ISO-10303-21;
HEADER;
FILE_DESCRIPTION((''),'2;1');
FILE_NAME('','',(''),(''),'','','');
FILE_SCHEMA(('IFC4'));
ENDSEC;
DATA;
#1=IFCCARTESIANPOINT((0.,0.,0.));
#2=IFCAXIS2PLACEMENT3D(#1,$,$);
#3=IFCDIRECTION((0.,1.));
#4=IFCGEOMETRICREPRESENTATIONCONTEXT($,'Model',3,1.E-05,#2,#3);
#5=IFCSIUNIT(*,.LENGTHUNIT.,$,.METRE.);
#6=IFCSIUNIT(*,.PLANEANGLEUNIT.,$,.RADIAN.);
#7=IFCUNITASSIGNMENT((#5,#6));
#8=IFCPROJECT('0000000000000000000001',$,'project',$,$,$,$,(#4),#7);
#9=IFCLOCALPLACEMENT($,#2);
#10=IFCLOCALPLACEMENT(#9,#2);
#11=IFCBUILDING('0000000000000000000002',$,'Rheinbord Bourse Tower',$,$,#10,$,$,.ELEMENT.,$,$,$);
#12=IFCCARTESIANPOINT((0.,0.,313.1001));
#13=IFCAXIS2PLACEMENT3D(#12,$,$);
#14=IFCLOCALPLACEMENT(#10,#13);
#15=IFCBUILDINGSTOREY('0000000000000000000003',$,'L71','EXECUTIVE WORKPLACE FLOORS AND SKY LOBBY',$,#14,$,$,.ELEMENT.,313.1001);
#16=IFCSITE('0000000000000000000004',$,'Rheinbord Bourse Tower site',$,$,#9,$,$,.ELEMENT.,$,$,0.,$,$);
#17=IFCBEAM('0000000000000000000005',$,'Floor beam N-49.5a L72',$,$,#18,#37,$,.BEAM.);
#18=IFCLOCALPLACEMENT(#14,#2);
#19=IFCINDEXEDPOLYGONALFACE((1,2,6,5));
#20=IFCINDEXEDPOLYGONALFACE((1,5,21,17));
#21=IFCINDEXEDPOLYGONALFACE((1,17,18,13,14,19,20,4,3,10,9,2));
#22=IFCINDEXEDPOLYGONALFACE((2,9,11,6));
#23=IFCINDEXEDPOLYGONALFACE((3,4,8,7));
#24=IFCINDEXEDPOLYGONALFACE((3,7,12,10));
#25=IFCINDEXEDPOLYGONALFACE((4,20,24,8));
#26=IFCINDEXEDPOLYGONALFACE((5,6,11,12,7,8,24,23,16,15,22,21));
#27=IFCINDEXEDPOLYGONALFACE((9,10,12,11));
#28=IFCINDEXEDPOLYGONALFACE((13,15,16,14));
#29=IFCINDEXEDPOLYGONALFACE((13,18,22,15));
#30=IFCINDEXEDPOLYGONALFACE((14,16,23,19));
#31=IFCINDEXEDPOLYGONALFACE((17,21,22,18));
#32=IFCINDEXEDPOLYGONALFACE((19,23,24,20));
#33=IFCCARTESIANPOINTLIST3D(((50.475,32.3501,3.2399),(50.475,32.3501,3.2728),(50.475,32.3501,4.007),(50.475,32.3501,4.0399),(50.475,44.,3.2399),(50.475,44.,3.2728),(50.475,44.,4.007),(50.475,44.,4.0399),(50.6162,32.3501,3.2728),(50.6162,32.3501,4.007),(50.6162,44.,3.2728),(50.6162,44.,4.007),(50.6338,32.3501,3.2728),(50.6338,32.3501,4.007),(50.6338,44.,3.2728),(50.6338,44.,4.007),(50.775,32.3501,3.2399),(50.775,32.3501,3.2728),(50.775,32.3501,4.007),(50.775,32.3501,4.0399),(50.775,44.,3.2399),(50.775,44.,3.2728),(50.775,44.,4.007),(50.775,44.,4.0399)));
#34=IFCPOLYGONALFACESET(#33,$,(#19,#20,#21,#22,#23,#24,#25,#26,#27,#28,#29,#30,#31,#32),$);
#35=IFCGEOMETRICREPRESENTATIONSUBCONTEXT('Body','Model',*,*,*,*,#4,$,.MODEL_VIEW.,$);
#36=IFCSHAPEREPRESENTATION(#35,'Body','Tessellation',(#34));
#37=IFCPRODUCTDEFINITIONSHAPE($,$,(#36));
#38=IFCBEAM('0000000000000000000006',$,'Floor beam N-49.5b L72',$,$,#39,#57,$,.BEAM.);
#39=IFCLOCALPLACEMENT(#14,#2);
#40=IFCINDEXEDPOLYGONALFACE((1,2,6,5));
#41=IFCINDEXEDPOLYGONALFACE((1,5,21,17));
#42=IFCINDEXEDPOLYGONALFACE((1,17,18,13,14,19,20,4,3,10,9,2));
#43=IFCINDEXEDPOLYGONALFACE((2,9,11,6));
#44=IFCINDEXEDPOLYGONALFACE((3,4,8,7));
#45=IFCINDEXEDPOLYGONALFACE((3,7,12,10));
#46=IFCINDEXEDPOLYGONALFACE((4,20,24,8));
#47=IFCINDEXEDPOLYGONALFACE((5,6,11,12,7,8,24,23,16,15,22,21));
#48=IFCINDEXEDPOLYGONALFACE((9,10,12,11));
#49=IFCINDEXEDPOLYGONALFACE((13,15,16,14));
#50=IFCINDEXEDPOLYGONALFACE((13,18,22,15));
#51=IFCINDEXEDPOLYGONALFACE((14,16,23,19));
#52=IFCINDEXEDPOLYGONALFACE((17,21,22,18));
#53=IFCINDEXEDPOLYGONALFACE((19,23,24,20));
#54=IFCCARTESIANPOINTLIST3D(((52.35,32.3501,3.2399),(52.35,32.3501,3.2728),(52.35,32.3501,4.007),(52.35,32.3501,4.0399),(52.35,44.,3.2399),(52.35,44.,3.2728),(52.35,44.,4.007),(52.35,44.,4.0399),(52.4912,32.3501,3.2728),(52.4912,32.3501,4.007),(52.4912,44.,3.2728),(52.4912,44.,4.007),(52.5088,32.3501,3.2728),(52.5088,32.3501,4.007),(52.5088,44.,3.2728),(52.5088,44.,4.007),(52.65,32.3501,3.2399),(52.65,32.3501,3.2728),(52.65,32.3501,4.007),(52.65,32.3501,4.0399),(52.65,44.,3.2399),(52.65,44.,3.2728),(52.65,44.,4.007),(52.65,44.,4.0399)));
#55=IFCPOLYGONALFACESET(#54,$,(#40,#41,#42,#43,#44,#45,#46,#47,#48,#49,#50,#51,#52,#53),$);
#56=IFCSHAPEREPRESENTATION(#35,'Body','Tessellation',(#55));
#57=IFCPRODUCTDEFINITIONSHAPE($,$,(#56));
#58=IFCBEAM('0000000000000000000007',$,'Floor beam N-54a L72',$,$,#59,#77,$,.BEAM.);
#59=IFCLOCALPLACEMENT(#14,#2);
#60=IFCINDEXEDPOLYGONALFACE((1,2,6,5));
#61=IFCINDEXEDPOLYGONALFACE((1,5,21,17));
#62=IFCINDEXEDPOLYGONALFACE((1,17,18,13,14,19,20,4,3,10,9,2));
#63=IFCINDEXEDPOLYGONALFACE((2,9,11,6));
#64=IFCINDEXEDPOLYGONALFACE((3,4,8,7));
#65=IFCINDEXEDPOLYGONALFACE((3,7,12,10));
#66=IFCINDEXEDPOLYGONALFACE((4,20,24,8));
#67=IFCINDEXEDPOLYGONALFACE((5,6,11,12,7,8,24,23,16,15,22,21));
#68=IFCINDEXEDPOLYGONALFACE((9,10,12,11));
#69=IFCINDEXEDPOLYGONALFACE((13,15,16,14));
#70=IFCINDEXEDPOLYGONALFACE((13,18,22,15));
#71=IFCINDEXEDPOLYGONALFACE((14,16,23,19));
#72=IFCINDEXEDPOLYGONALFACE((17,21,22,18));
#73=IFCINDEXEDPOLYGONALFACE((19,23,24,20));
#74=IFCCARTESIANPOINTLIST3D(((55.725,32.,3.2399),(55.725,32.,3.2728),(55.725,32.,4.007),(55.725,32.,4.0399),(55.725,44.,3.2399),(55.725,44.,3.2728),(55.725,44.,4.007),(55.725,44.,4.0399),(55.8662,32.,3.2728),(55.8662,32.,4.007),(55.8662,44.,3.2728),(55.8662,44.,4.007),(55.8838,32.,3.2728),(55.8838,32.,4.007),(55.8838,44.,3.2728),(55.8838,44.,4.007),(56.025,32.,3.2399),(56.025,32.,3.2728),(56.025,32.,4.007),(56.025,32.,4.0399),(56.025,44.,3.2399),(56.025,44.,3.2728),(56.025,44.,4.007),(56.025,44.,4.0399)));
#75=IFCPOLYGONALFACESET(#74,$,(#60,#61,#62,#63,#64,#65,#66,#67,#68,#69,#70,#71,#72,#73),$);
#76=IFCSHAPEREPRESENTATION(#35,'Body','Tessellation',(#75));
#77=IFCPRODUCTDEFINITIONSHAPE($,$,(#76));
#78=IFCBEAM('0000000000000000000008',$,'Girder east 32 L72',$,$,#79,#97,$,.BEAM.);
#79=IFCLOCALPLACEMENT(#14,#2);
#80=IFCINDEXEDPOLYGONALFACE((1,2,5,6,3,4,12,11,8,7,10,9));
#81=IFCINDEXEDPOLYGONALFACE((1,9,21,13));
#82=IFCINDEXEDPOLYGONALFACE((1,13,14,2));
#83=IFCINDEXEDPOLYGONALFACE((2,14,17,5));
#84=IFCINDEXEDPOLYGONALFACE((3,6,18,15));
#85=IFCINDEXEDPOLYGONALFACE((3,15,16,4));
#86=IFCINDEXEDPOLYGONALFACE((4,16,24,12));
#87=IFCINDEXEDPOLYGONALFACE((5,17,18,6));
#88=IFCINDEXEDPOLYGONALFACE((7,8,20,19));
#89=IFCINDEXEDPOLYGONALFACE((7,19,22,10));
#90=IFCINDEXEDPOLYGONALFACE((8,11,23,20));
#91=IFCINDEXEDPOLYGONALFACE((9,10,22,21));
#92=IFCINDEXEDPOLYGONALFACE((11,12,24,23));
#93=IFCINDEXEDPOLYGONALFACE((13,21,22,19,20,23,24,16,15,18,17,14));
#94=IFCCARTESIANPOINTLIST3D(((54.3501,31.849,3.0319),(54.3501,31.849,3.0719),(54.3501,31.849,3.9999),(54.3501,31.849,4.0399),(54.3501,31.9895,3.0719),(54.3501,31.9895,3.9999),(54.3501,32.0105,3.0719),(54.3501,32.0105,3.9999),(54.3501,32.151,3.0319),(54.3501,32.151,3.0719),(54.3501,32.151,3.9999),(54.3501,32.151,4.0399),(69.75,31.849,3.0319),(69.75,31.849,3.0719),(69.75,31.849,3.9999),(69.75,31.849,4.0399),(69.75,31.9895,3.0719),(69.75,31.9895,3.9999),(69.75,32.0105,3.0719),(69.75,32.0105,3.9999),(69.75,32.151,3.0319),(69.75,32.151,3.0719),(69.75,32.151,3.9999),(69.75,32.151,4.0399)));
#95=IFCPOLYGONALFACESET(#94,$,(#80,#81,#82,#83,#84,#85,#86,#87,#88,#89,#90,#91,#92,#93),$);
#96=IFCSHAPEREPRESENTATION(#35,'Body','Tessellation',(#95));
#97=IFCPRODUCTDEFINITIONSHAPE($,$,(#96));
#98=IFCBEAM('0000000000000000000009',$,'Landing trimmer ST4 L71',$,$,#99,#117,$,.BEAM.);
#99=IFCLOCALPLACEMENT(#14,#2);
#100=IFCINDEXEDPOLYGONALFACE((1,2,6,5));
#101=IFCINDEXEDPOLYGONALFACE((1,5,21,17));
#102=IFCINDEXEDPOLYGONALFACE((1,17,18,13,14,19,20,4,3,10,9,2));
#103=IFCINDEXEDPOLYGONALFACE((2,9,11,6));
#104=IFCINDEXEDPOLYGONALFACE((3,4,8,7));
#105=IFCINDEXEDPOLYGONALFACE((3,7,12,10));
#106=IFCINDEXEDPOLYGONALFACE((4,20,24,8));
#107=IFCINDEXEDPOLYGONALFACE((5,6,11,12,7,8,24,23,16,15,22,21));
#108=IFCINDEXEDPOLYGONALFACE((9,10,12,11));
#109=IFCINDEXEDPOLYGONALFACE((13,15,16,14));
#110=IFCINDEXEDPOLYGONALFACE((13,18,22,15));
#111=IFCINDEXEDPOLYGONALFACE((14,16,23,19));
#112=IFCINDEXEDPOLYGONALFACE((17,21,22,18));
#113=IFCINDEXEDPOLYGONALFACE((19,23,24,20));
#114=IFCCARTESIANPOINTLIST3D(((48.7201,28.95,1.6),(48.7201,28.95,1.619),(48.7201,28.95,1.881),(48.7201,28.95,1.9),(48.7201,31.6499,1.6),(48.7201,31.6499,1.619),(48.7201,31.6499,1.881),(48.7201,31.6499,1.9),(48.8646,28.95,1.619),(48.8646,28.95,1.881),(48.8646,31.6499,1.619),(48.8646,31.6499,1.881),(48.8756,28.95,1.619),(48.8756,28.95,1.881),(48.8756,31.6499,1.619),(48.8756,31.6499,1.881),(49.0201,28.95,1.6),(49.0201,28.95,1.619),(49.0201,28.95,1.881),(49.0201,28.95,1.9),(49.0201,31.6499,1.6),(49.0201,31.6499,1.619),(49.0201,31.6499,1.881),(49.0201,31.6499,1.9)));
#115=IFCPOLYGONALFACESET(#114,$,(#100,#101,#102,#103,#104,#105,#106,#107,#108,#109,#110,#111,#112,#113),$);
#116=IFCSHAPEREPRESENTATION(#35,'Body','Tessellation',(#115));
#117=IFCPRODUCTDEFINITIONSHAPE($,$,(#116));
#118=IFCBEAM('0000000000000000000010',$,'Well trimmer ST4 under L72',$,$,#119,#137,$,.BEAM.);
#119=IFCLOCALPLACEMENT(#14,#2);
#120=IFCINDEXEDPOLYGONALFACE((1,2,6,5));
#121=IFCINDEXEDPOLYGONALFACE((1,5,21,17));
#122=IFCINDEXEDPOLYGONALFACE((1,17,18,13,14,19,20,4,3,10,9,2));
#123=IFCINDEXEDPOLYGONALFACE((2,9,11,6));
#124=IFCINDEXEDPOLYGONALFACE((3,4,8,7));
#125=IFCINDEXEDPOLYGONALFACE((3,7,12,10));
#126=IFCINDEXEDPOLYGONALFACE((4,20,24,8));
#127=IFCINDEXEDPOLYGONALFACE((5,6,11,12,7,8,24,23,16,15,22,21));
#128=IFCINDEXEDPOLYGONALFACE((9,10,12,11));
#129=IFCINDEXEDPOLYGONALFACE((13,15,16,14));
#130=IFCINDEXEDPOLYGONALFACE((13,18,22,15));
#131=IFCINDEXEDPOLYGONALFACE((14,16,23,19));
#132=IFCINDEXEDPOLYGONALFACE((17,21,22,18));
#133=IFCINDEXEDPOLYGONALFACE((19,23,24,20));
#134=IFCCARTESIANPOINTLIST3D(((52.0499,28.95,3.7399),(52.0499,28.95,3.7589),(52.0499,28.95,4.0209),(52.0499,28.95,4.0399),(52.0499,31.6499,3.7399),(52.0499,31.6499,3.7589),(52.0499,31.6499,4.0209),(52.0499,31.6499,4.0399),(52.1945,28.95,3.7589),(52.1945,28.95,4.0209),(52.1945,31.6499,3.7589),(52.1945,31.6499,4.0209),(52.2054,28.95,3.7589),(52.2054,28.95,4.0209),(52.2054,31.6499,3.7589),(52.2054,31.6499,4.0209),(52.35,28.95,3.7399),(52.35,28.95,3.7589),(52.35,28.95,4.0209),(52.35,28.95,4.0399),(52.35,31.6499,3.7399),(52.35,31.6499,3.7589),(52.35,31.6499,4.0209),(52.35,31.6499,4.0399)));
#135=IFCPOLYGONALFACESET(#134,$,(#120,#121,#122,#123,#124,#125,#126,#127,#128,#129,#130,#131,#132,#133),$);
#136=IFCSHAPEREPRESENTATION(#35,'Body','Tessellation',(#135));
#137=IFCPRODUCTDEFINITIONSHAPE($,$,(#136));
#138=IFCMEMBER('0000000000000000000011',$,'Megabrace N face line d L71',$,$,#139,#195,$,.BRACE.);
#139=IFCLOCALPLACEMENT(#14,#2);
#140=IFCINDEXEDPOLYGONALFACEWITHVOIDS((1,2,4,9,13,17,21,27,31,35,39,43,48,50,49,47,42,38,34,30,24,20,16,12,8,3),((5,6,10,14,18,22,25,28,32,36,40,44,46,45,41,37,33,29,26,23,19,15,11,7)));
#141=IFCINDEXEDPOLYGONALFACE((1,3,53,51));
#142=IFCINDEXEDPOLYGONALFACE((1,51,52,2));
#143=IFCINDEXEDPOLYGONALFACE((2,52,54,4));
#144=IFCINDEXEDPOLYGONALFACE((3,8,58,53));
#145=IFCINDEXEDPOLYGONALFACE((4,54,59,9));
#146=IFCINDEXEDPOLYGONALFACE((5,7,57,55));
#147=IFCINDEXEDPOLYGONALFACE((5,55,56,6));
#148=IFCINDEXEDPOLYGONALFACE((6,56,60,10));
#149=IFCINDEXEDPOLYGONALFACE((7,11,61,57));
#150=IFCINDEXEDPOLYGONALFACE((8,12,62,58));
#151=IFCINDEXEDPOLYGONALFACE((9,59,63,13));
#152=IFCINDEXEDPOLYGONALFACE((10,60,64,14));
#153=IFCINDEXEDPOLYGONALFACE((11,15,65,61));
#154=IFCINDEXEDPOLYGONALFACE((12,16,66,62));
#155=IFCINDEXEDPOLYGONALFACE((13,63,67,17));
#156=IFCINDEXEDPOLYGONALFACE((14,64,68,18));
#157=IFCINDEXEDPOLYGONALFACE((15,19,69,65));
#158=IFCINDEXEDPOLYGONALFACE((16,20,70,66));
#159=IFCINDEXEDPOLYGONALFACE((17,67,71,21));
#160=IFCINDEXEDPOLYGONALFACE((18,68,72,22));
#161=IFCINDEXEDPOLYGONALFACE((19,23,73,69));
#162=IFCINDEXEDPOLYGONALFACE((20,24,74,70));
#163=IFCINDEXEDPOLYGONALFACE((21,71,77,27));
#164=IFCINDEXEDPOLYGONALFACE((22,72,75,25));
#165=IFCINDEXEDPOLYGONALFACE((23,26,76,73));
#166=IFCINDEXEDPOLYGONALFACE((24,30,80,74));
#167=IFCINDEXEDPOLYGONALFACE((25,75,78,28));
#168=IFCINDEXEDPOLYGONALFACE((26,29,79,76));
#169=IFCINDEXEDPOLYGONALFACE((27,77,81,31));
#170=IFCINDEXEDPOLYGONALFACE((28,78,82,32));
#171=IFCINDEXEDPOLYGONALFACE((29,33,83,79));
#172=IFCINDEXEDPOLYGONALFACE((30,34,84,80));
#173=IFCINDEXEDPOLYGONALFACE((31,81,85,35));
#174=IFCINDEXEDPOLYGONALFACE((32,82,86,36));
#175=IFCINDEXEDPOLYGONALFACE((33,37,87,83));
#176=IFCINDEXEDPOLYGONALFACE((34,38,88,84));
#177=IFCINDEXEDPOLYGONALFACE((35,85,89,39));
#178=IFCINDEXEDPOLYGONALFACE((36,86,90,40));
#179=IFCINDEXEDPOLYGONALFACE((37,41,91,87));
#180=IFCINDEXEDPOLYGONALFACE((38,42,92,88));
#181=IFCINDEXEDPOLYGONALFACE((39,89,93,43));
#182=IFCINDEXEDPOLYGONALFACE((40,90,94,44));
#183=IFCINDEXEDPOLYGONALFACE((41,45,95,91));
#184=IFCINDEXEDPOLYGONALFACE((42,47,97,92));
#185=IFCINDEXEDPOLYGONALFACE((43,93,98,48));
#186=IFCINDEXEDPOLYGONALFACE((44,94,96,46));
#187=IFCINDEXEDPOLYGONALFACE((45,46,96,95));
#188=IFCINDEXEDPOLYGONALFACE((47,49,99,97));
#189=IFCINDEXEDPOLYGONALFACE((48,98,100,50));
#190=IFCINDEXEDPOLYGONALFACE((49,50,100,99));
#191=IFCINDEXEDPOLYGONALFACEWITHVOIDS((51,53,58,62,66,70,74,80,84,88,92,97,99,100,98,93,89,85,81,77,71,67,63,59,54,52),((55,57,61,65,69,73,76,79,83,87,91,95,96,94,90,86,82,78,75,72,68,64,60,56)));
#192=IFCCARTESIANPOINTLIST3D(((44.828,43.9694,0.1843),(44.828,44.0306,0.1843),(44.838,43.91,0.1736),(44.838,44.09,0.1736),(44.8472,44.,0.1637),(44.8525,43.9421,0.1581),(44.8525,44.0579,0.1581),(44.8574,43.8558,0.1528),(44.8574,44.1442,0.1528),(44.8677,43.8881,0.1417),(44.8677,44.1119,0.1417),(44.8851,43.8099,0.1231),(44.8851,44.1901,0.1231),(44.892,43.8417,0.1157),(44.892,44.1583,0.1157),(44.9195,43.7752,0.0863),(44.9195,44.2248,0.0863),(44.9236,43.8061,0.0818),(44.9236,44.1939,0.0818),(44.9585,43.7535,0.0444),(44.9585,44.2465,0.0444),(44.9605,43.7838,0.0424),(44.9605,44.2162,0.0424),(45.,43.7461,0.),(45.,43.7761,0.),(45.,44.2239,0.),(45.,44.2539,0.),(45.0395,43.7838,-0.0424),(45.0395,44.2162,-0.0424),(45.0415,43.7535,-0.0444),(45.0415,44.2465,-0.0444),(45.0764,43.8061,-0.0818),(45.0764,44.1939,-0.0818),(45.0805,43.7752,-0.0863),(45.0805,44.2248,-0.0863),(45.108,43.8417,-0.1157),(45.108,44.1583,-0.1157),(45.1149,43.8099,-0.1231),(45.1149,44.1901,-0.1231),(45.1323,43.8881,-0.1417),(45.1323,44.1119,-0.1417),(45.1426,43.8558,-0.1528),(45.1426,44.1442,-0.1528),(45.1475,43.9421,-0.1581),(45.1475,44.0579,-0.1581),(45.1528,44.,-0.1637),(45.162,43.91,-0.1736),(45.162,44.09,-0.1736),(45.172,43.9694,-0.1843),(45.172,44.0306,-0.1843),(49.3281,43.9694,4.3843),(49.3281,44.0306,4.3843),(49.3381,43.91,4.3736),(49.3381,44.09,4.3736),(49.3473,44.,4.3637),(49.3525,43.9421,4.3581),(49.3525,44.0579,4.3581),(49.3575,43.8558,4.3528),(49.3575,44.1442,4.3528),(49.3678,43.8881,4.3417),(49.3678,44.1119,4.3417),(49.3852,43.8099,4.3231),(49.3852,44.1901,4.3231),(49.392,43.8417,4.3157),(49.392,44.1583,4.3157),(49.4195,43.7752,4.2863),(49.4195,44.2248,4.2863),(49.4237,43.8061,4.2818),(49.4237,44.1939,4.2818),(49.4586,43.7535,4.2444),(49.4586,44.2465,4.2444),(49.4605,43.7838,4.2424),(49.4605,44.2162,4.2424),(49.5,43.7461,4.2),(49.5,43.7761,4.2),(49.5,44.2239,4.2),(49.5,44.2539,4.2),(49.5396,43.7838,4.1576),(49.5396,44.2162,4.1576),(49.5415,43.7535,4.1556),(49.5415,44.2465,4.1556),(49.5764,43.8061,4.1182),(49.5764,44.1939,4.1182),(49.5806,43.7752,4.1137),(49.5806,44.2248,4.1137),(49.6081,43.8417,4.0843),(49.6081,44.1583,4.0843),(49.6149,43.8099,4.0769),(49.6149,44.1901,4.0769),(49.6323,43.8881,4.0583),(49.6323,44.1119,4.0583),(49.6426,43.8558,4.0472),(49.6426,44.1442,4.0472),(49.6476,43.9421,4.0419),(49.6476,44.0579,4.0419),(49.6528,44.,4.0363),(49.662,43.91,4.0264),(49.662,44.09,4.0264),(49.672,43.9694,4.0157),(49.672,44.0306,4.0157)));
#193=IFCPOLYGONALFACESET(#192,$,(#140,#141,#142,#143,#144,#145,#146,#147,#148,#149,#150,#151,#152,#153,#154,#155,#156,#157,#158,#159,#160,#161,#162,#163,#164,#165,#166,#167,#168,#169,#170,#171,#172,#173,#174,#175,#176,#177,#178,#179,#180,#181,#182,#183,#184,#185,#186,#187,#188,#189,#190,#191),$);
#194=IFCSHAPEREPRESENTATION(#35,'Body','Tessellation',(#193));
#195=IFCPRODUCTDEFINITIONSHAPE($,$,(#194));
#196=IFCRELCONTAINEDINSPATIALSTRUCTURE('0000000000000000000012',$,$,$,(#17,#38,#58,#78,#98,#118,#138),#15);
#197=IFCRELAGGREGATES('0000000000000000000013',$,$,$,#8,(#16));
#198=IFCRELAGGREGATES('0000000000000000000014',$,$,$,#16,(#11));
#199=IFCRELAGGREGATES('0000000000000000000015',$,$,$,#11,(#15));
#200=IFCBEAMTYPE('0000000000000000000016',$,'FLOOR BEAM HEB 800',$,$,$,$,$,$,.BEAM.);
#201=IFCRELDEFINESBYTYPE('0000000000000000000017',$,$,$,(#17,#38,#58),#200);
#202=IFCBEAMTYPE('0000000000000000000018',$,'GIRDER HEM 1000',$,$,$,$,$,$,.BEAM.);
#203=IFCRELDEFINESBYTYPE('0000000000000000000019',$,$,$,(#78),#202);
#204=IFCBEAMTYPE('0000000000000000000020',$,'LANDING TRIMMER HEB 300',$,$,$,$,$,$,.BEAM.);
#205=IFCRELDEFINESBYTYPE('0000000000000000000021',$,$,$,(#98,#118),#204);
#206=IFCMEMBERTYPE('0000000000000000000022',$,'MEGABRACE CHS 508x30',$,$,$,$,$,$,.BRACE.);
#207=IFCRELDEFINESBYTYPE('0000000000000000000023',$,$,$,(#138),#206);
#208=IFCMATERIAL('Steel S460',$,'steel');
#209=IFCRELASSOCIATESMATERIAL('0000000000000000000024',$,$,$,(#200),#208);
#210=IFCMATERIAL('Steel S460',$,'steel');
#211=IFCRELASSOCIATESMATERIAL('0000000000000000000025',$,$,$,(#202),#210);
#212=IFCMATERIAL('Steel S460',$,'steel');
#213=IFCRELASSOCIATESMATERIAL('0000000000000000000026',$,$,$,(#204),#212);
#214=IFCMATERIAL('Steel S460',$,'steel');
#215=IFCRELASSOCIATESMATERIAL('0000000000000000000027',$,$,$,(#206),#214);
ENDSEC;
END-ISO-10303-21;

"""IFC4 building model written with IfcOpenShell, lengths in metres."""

from ifc_helpers import new_model, si_unit, direction, frame, origin, origin_2d, place, context, subcontext, project, spatial, hollow_circle, i_section, extrude, material, material_profile, profile_set, type_object, element, save


model = new_model("IFC4")

# Units and contexts
model_context = context("Model", 3, precision=1e-05, world=origin(), true_north=direction((0.0, 1.0)))
body_context = subcontext(model_context, "Body", "Model", "MODEL_VIEW")
ifc_project = project(units=[si_unit("LENGTHUNIT", "METRE"), si_unit("PLANEANGLEUNIT", "RADIAN")], contexts=[model_context])

# Site, building, storey
site_placement = place(None, origin())
site = spatial("IfcSite", under=ifc_project, at=site_placement, Name="Rheinbord Bourse Tower site", CompositionType="ELEMENT", RefElevation=0.0)
building_placement = place(site_placement, origin())
building = spatial("IfcBuilding", under=site, at=building_placement, Name="Rheinbord Bourse Tower", CompositionType="ELEMENT")
storey_placement = place(building_placement, frame((0.0, 0.0, 313.1001)))
storey = spatial("IfcBuildingStorey", under=building, at=storey_placement, Name="L71", Description="EXECUTIVE WORKPLACE FLOORS AND SKY LOBBY", CompositionType="ELEMENT", Elevation=313.1001)

# Beams
ifc_material_1 = material(Name="Steel S460", Category="steel")
ifc_material_profile_1 = material_profile(ifc_material_1, i_section(OverallWidth=0.3, OverallDepth=0.8, WebThickness=0.0176, FlangeThickness=0.033, at=origin_2d()), Name="HEB 800")
ifc_profile_set_1 = profile_set([ifc_material_profile_1], Name="Steel S460")
beam_type_1 = type_object("IfcBeamType", Name="FLOOR BEAM HEB 800", PredefinedType="BEAM", material=ifc_profile_set_1)
for number, where, z_axis, x_axis, name in (
    (1, (50.625, 44.0, 3.6399), (0.0, -1.0, 0.0), (1.0, 0.0, 0.0), "Floor beam N-49.5a L72"),
    (2, (52.5, 44.0, 3.6399), (0.0, -1.0, 0.0), (1.0, 0.0, 0.0), "Floor beam N-49.5b L72"),
):
    element("IfcBeam", number, at=place(storey_placement, frame(where, z_axis=z_axis, x_axis=x_axis)), inside=storey, type_object=beam_type_1, Name=name, PredefinedType="BEAM", context=body_context, shape_type="SweptSolid", body=[
        extrude(i_section(OverallWidth=0.3, OverallDepth=0.8, WebThickness=0.0176, FlangeThickness=0.033, at=origin_2d()), origin(), (0.0, 0.0, 1.0), 11.6499),
    ])
beam_1_placement = place(storey_placement, frame((55.875, 44.0, 3.6399), z_axis=(0.0, -1.0, 0.0), x_axis=(1.0, 0.0, 0.0)))
element("IfcBeam", 3, at=beam_1_placement, inside=storey, type_object=beam_type_1, Name="Floor beam N-54a L72", PredefinedType="BEAM", context=body_context, shape_type="SweptSolid", body=[
    extrude(i_section(OverallWidth=0.3, OverallDepth=0.8, WebThickness=0.0176, FlangeThickness=0.033, at=origin_2d()), origin(), (0.0, 0.0, 1.0), 12.0),
])
ifc_material_2 = material(Name="Steel S460", Category="steel")
ifc_material_profile_2 = material_profile(ifc_material_2, i_section(OverallWidth=0.302, OverallDepth=1.0081, WebThickness=0.021, FlangeThickness=0.04, at=origin_2d()), Name="HEM 1000")
ifc_profile_set_2 = profile_set([ifc_material_profile_2], Name="Steel S460")
beam_type_2 = type_object("IfcBeamType", Name="GIRDER HEM 1000", PredefinedType="BEAM", material=ifc_profile_set_2)
beam_2_placement = place(storey_placement, frame((54.3501, 32.0, 3.5359), z_axis=(1.0, 0.0, 0.0), x_axis=(0.0, 1.0, 0.0)))
element("IfcBeam", 4, at=beam_2_placement, inside=storey, type_object=beam_type_2, Name="Girder east 32 L72", PredefinedType="BEAM", context=body_context, shape_type="SweptSolid", body=[
    extrude(i_section(OverallWidth=0.302, OverallDepth=1.0081, WebThickness=0.021, FlangeThickness=0.04, at=origin_2d()), origin(), (0.0, 0.0, 1.0), 15.3999),
])
ifc_material_3 = material(Name="Steel S460", Category="steel")
ifc_material_profile_3 = material_profile(ifc_material_3, i_section(OverallWidth=0.3, OverallDepth=0.3, WebThickness=0.011, FlangeThickness=0.019, at=origin_2d()), Name="HEB 300")
ifc_profile_set_3 = profile_set([ifc_material_profile_3], Name="Steel S460")
beam_type_3 = type_object("IfcBeamType", Name="LANDING TRIMMER HEB 300", PredefinedType="BEAM", material=ifc_profile_set_3)
for number, where, z_axis, x_axis, name in (
    (5, (48.8701, 28.95, 1.75), (0.0, 1.0, 0.0), (-1.0, 0.0, 0.0), "Landing trimmer ST4 L71"),
    (6, (52.2, 28.95, 3.8899), (0.0, 1.0, 0.0), (-1.0, 0.0, 0.0), "Well trimmer ST4 under L72"),
):
    element("IfcBeam", number, at=place(storey_placement, frame(where, z_axis=z_axis, x_axis=x_axis)), inside=storey, type_object=beam_type_3, Name=name, PredefinedType="BEAM", context=body_context, shape_type="SweptSolid", body=[
        extrude(i_section(OverallWidth=0.3, OverallDepth=0.3, WebThickness=0.011, FlangeThickness=0.019, at=origin_2d()), origin(), (0.0, 0.0, 1.0), 2.7),
    ])

# Member
ifc_material_4 = material(Name="Steel S460", Category="steel")
ifc_material_profile_4 = material_profile(ifc_material_4, hollow_circle(Radius=0.2539, WallThickness=0.03, at=origin_2d()), Name="CHS 508x30")
ifc_profile_set_4 = profile_set([ifc_material_profile_4], Name="Steel S460")
member_type_1 = type_object("IfcMemberType", Name="MEGABRACE CHS 508x30", PredefinedType="BRACE", material=ifc_profile_set_4)
member_1_placement = place(storey_placement, frame((45.0, 44.0, 0.0), z_axis=(0.731059, 0.0, 0.682314), x_axis=(0.0, 1.0, 0.0)))
element("IfcMember", 7, at=member_1_placement, inside=storey, type_object=member_type_1, Name="Megabrace N face line d L71", PredefinedType="BRACE", context=body_context, shape_type="SweptSolid", body=[
    extrude(hollow_circle(Radius=0.2539, WallThickness=0.03, at=origin_2d()), origin(), (0.0, 0.0, 1.0), 6.1555),
])

save(model, "model.ifc")
